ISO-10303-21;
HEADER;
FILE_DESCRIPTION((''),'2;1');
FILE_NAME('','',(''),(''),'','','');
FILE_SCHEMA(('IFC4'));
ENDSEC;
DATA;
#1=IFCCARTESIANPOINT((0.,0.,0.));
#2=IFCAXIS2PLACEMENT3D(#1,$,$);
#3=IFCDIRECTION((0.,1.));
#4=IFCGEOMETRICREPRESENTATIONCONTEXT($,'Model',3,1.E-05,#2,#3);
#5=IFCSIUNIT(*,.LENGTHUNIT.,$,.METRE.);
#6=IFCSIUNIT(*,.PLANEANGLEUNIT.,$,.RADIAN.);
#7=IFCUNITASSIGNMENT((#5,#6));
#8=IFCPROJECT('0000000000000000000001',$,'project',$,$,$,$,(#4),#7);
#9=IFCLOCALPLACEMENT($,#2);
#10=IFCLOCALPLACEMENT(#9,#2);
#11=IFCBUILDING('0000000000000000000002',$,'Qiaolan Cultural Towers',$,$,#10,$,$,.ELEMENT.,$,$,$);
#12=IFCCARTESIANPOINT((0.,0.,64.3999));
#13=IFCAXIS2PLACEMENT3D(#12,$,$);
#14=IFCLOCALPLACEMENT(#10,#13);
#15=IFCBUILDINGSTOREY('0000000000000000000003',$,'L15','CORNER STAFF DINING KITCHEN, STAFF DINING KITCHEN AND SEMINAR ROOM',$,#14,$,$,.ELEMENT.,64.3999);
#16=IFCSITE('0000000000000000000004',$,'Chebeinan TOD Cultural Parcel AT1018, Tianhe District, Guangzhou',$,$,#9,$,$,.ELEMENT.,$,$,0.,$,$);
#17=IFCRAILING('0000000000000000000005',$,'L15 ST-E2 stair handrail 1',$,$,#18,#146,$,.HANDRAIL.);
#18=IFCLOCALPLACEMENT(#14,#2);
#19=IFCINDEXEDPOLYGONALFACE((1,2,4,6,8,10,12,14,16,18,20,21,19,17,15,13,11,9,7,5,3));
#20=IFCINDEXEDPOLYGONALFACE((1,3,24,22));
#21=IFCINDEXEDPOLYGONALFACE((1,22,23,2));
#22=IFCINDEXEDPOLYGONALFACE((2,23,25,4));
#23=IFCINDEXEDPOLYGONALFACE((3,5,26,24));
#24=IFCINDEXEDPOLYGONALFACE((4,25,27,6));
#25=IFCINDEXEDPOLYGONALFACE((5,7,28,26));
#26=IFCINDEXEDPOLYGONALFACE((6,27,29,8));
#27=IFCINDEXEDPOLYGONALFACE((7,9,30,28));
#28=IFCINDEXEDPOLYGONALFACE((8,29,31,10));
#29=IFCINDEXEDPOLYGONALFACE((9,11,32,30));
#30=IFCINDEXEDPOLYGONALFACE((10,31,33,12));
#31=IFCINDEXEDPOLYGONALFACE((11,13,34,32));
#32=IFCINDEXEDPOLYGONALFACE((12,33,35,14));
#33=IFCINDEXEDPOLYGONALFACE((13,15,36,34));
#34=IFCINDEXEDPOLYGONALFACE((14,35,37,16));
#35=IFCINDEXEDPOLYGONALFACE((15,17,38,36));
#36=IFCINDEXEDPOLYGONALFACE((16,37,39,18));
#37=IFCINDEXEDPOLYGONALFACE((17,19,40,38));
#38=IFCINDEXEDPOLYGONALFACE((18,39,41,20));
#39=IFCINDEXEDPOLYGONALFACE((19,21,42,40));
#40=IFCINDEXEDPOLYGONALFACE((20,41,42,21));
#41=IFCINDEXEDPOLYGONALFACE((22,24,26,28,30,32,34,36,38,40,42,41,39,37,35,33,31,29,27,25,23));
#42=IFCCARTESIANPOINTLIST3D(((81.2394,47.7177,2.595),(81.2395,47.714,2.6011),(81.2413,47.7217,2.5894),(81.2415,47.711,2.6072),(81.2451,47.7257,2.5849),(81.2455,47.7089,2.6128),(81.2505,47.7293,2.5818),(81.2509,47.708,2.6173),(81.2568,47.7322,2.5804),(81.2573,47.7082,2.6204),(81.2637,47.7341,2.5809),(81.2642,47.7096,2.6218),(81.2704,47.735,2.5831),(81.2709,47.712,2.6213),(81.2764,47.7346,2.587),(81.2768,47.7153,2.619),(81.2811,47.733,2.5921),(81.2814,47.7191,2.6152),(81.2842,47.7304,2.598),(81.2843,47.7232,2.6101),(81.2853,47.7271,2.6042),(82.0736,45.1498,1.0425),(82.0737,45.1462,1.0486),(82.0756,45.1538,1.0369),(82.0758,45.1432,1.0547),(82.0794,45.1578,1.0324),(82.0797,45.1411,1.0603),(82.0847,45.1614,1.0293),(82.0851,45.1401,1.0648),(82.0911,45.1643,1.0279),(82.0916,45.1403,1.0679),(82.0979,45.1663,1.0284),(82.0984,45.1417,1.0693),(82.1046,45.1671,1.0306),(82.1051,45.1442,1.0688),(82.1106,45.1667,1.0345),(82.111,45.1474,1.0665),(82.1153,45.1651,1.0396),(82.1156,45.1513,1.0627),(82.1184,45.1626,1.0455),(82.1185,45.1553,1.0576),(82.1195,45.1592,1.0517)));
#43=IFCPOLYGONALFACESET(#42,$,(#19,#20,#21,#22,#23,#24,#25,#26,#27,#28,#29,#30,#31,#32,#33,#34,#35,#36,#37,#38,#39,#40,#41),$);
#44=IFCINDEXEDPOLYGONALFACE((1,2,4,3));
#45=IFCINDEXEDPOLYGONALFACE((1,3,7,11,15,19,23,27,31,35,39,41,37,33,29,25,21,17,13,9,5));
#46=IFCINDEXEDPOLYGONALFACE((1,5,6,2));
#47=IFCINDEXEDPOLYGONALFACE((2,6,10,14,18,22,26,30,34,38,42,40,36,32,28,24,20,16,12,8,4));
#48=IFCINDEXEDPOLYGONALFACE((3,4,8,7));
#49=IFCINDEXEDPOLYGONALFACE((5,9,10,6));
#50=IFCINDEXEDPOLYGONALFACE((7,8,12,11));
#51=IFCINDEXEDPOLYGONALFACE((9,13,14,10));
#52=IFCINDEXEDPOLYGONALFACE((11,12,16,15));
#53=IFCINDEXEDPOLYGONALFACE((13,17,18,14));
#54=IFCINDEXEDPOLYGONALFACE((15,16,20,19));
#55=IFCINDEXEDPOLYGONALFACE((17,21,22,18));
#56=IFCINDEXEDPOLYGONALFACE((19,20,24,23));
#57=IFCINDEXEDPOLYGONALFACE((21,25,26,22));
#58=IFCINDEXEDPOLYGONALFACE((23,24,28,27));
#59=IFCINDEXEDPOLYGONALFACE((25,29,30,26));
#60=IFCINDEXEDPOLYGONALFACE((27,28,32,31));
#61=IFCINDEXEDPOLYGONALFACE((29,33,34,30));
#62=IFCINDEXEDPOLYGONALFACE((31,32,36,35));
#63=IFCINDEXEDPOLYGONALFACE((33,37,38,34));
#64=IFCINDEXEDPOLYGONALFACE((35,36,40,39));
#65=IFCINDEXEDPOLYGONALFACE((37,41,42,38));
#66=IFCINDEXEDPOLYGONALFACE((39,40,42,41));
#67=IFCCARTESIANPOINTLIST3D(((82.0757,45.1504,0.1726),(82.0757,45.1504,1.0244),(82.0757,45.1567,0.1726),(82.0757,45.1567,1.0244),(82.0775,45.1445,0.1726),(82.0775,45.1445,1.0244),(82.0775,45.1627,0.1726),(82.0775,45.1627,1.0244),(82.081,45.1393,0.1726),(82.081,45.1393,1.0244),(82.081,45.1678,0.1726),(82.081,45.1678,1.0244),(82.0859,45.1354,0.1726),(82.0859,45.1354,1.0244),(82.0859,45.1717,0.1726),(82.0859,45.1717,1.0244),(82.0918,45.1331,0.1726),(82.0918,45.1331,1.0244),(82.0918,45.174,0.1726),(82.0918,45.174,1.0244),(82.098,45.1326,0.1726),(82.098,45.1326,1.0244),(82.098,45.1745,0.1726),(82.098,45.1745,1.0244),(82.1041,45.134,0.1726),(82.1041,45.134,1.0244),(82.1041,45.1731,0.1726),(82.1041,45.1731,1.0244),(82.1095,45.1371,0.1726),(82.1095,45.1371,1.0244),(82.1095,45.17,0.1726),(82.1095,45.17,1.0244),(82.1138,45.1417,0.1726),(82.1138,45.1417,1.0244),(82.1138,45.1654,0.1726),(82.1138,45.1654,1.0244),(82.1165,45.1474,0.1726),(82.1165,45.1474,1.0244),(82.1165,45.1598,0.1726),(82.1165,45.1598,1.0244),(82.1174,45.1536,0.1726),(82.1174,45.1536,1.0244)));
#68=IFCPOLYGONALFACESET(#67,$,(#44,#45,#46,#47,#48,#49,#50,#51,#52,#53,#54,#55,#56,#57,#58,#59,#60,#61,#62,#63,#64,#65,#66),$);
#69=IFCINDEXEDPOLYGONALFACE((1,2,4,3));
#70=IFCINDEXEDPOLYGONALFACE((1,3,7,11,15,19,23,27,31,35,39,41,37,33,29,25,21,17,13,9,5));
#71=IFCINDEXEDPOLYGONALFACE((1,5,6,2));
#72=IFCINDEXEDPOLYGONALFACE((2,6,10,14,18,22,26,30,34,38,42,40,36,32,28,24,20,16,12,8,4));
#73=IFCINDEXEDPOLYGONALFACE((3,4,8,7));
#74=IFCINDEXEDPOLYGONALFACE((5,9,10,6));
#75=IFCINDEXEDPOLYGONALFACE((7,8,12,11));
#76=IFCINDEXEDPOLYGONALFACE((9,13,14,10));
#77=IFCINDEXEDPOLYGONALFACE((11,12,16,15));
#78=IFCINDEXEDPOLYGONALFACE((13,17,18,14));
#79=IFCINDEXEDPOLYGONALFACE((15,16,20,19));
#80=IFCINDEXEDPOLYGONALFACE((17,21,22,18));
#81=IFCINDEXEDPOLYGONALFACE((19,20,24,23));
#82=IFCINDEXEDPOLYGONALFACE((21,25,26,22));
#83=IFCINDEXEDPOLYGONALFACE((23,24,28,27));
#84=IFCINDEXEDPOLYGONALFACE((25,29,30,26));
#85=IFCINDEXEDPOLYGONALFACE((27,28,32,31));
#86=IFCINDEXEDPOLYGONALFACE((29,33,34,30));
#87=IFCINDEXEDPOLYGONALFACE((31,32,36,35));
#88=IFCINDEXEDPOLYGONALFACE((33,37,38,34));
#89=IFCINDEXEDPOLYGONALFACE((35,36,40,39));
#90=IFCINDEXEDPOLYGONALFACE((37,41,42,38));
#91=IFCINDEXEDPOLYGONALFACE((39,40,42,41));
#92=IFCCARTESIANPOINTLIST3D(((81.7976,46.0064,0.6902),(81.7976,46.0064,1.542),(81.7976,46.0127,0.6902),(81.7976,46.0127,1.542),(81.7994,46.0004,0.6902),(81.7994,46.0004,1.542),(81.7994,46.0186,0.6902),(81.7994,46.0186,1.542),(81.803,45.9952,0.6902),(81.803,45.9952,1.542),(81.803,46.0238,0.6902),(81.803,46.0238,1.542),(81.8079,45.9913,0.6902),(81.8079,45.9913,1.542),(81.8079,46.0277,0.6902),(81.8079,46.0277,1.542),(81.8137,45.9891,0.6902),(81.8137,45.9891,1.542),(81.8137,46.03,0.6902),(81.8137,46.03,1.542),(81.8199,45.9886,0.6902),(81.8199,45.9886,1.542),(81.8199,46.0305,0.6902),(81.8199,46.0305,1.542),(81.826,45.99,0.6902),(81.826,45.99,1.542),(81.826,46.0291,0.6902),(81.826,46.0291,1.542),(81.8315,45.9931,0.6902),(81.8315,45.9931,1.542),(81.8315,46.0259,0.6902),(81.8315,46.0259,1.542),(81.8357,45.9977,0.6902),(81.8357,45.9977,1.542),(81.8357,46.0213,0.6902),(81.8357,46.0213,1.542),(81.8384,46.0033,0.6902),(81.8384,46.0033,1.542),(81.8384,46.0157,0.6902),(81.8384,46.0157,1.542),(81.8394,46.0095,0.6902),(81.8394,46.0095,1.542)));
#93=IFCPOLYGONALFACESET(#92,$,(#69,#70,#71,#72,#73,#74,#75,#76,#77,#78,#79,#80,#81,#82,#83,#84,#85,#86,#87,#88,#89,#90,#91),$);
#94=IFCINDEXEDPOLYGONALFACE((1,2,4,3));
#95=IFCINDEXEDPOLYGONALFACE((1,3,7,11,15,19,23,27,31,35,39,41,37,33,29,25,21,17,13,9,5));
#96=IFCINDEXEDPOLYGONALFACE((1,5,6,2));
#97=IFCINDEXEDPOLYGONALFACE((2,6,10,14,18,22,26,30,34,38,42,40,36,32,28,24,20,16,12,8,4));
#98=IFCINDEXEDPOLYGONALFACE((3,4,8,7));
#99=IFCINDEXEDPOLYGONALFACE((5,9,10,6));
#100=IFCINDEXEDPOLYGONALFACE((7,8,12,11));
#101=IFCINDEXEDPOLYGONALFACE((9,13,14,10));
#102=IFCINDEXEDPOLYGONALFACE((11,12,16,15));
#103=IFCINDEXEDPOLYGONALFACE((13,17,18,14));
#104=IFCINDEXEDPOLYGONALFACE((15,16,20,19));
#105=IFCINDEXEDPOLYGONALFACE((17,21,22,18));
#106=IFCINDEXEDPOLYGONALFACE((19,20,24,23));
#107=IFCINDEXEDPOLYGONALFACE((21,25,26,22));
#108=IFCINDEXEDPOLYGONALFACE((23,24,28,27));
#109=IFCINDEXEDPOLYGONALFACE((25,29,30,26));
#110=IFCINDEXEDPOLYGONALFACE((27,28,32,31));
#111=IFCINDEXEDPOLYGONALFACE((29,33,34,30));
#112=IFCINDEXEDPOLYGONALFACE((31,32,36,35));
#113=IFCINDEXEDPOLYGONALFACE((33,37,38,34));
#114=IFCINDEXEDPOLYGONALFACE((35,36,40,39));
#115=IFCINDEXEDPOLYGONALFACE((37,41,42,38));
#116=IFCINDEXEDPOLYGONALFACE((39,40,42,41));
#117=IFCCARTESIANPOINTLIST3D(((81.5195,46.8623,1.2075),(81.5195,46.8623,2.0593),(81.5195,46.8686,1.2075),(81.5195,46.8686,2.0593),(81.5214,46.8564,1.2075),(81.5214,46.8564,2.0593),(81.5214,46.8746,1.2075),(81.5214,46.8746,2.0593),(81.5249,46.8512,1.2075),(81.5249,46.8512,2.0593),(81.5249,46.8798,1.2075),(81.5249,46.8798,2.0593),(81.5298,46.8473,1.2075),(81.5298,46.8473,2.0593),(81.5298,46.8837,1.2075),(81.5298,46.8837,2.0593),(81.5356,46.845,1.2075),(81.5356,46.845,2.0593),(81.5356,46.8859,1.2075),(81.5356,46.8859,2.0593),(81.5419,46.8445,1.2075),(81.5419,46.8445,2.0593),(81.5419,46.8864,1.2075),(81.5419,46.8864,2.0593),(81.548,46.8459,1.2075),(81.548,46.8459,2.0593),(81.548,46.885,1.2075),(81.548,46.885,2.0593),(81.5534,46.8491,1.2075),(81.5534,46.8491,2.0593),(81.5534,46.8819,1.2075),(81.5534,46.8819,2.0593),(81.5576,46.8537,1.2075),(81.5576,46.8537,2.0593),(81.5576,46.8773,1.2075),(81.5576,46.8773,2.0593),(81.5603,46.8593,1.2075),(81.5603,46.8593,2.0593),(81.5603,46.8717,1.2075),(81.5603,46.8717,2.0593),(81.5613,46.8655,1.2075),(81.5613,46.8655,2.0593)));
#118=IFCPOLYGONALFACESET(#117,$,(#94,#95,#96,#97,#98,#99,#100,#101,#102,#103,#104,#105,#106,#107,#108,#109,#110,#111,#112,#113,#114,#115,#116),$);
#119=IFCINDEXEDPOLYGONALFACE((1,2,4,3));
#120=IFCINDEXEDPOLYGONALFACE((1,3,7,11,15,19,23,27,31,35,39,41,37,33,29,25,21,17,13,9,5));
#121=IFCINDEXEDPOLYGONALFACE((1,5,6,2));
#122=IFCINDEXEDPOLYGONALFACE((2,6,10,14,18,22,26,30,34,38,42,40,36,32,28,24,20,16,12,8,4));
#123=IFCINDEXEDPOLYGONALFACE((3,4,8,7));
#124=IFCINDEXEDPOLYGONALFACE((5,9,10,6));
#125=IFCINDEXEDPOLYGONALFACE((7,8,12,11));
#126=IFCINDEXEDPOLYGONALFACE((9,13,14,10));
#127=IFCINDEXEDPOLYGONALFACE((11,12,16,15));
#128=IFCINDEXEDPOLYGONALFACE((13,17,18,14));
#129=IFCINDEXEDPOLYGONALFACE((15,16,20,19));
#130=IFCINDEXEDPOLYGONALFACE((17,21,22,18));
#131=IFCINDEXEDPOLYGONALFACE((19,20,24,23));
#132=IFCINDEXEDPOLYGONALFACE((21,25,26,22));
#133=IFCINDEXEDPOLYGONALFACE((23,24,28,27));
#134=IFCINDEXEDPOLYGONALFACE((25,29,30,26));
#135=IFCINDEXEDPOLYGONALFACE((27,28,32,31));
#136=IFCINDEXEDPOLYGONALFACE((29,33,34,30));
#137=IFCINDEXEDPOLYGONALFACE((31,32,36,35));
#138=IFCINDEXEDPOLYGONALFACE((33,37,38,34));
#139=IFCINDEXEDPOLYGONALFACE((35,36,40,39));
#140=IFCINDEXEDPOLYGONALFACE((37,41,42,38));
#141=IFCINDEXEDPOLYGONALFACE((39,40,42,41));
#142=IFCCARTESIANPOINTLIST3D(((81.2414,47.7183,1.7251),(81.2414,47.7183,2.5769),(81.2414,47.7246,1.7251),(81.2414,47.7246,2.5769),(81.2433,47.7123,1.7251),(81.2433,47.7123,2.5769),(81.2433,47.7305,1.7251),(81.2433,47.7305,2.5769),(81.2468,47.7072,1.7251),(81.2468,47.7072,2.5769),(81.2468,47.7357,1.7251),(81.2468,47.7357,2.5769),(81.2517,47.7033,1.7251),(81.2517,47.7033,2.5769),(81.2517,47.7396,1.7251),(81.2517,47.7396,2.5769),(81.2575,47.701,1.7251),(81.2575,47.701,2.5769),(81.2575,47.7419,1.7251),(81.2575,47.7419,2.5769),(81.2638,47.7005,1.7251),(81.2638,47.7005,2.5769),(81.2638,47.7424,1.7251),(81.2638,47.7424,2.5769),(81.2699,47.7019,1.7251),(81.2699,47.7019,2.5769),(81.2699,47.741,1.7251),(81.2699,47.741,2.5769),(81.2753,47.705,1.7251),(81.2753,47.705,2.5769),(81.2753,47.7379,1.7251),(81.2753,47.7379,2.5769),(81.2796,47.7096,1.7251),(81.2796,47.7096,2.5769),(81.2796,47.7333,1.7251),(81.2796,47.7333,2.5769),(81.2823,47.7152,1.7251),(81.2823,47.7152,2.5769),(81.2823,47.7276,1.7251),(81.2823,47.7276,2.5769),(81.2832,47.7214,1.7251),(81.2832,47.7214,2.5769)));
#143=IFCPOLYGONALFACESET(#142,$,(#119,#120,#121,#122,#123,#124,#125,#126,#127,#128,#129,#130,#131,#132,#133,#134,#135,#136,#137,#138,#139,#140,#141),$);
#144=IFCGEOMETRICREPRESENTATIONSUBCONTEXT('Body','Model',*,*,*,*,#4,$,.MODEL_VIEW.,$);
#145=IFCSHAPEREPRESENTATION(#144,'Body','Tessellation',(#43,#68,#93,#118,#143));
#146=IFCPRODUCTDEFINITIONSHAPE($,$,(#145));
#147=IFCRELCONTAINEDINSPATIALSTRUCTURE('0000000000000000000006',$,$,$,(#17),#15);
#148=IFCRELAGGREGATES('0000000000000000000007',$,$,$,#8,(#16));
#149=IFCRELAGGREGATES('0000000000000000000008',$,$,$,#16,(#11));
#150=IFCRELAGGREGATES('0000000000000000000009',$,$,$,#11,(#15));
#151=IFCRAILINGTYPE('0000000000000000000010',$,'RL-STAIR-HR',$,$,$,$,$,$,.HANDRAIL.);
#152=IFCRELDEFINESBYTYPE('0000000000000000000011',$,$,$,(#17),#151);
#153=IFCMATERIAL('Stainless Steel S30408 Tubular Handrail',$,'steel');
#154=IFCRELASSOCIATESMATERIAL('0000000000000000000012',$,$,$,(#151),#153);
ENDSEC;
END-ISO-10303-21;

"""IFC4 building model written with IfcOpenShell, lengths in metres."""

from ifc_helpers import new_model, si_unit, direction, frame, origin, origin_2d, place, context, subcontext, project, spatial, circle, extrude, material, type_object, element, save


model = new_model("IFC4")

# Units and contexts
model_context = context("Model", 3, precision=1e-05, world=origin(), true_north=direction((0.0, 1.0)))
body_context = subcontext(model_context, "Body", "Model", "MODEL_VIEW")
ifc_project = project(units=[si_unit("LENGTHUNIT", "METRE"), si_unit("PLANEANGLEUNIT", "RADIAN")], contexts=[model_context])

# Site, building, storey
site_placement = place(None, origin())
site = spatial("IfcSite", under=ifc_project, at=site_placement, Name="Chebeinan TOD Cultural Parcel AT1018, Tianhe District, Guangzhou", CompositionType="ELEMENT", RefElevation=0.0)
building_placement = place(site_placement, origin())
building = spatial("IfcBuilding", under=site, at=building_placement, Name="Qiaolan Cultural Towers", CompositionType="ELEMENT")
storey_placement = place(building_placement, frame((0.0, 0.0, 64.3999)))
storey = spatial("IfcBuildingStorey", under=building, at=storey_placement, Name="L15", Description="CORNER STAFF DINING KITCHEN, STAFF DINING KITCHEN AND SEMINAR ROOM", CompositionType="ELEMENT", Elevation=64.3999)

# Railing
ifc_material_1 = material(Name="Stainless Steel S30408 Tubular Handrail", Category="steel")
railing_type_1 = type_object("IfcRailingType", Name="RL-STAIR-HR", PredefinedType="HANDRAIL", material=ifc_material_1)
railing_1_placement = place(storey_placement, frame((82.0964, 45.1536, 0.1726)))
element("IfcRailing", 1, at=railing_1_placement, inside=storey, type_object=railing_type_1, Name="L15 ST-E2 stair handrail 1", PredefinedType="HANDRAIL", context=body_context, shape_type="SweptSolid", body=[
    extrude(circle(Radius=0.0239, at=origin_2d()), frame((0.0, 0.0, 0.876), z_axis=(-0.267853, 0.824488, 0.498471), x_axis=(-0.95107, -0.308976, 0.0)), (0.0, 0.0, 1.0), 3.1145),
    extrude(circle(Radius=0.021, at=origin_2d()), origin(), (0.0, 0.0, 1.0), 0.8518),
    extrude(circle(Radius=0.021, at=origin_2d()), frame((-0.2781, 0.856, 0.5176)), (0.0, 0.0, 1.0), 0.8518),
    extrude(circle(Radius=0.021, at=origin_2d()), frame((-0.5562, 1.7119, 1.0349)), (0.0, 0.0, 1.0), 0.8518),
    extrude(circle(Radius=0.021, at=origin_2d()), frame((-0.8342, 2.5679, 1.5525)), (0.0, 0.0, 1.0), 0.8518),
])

save(model, "model.ifc")
